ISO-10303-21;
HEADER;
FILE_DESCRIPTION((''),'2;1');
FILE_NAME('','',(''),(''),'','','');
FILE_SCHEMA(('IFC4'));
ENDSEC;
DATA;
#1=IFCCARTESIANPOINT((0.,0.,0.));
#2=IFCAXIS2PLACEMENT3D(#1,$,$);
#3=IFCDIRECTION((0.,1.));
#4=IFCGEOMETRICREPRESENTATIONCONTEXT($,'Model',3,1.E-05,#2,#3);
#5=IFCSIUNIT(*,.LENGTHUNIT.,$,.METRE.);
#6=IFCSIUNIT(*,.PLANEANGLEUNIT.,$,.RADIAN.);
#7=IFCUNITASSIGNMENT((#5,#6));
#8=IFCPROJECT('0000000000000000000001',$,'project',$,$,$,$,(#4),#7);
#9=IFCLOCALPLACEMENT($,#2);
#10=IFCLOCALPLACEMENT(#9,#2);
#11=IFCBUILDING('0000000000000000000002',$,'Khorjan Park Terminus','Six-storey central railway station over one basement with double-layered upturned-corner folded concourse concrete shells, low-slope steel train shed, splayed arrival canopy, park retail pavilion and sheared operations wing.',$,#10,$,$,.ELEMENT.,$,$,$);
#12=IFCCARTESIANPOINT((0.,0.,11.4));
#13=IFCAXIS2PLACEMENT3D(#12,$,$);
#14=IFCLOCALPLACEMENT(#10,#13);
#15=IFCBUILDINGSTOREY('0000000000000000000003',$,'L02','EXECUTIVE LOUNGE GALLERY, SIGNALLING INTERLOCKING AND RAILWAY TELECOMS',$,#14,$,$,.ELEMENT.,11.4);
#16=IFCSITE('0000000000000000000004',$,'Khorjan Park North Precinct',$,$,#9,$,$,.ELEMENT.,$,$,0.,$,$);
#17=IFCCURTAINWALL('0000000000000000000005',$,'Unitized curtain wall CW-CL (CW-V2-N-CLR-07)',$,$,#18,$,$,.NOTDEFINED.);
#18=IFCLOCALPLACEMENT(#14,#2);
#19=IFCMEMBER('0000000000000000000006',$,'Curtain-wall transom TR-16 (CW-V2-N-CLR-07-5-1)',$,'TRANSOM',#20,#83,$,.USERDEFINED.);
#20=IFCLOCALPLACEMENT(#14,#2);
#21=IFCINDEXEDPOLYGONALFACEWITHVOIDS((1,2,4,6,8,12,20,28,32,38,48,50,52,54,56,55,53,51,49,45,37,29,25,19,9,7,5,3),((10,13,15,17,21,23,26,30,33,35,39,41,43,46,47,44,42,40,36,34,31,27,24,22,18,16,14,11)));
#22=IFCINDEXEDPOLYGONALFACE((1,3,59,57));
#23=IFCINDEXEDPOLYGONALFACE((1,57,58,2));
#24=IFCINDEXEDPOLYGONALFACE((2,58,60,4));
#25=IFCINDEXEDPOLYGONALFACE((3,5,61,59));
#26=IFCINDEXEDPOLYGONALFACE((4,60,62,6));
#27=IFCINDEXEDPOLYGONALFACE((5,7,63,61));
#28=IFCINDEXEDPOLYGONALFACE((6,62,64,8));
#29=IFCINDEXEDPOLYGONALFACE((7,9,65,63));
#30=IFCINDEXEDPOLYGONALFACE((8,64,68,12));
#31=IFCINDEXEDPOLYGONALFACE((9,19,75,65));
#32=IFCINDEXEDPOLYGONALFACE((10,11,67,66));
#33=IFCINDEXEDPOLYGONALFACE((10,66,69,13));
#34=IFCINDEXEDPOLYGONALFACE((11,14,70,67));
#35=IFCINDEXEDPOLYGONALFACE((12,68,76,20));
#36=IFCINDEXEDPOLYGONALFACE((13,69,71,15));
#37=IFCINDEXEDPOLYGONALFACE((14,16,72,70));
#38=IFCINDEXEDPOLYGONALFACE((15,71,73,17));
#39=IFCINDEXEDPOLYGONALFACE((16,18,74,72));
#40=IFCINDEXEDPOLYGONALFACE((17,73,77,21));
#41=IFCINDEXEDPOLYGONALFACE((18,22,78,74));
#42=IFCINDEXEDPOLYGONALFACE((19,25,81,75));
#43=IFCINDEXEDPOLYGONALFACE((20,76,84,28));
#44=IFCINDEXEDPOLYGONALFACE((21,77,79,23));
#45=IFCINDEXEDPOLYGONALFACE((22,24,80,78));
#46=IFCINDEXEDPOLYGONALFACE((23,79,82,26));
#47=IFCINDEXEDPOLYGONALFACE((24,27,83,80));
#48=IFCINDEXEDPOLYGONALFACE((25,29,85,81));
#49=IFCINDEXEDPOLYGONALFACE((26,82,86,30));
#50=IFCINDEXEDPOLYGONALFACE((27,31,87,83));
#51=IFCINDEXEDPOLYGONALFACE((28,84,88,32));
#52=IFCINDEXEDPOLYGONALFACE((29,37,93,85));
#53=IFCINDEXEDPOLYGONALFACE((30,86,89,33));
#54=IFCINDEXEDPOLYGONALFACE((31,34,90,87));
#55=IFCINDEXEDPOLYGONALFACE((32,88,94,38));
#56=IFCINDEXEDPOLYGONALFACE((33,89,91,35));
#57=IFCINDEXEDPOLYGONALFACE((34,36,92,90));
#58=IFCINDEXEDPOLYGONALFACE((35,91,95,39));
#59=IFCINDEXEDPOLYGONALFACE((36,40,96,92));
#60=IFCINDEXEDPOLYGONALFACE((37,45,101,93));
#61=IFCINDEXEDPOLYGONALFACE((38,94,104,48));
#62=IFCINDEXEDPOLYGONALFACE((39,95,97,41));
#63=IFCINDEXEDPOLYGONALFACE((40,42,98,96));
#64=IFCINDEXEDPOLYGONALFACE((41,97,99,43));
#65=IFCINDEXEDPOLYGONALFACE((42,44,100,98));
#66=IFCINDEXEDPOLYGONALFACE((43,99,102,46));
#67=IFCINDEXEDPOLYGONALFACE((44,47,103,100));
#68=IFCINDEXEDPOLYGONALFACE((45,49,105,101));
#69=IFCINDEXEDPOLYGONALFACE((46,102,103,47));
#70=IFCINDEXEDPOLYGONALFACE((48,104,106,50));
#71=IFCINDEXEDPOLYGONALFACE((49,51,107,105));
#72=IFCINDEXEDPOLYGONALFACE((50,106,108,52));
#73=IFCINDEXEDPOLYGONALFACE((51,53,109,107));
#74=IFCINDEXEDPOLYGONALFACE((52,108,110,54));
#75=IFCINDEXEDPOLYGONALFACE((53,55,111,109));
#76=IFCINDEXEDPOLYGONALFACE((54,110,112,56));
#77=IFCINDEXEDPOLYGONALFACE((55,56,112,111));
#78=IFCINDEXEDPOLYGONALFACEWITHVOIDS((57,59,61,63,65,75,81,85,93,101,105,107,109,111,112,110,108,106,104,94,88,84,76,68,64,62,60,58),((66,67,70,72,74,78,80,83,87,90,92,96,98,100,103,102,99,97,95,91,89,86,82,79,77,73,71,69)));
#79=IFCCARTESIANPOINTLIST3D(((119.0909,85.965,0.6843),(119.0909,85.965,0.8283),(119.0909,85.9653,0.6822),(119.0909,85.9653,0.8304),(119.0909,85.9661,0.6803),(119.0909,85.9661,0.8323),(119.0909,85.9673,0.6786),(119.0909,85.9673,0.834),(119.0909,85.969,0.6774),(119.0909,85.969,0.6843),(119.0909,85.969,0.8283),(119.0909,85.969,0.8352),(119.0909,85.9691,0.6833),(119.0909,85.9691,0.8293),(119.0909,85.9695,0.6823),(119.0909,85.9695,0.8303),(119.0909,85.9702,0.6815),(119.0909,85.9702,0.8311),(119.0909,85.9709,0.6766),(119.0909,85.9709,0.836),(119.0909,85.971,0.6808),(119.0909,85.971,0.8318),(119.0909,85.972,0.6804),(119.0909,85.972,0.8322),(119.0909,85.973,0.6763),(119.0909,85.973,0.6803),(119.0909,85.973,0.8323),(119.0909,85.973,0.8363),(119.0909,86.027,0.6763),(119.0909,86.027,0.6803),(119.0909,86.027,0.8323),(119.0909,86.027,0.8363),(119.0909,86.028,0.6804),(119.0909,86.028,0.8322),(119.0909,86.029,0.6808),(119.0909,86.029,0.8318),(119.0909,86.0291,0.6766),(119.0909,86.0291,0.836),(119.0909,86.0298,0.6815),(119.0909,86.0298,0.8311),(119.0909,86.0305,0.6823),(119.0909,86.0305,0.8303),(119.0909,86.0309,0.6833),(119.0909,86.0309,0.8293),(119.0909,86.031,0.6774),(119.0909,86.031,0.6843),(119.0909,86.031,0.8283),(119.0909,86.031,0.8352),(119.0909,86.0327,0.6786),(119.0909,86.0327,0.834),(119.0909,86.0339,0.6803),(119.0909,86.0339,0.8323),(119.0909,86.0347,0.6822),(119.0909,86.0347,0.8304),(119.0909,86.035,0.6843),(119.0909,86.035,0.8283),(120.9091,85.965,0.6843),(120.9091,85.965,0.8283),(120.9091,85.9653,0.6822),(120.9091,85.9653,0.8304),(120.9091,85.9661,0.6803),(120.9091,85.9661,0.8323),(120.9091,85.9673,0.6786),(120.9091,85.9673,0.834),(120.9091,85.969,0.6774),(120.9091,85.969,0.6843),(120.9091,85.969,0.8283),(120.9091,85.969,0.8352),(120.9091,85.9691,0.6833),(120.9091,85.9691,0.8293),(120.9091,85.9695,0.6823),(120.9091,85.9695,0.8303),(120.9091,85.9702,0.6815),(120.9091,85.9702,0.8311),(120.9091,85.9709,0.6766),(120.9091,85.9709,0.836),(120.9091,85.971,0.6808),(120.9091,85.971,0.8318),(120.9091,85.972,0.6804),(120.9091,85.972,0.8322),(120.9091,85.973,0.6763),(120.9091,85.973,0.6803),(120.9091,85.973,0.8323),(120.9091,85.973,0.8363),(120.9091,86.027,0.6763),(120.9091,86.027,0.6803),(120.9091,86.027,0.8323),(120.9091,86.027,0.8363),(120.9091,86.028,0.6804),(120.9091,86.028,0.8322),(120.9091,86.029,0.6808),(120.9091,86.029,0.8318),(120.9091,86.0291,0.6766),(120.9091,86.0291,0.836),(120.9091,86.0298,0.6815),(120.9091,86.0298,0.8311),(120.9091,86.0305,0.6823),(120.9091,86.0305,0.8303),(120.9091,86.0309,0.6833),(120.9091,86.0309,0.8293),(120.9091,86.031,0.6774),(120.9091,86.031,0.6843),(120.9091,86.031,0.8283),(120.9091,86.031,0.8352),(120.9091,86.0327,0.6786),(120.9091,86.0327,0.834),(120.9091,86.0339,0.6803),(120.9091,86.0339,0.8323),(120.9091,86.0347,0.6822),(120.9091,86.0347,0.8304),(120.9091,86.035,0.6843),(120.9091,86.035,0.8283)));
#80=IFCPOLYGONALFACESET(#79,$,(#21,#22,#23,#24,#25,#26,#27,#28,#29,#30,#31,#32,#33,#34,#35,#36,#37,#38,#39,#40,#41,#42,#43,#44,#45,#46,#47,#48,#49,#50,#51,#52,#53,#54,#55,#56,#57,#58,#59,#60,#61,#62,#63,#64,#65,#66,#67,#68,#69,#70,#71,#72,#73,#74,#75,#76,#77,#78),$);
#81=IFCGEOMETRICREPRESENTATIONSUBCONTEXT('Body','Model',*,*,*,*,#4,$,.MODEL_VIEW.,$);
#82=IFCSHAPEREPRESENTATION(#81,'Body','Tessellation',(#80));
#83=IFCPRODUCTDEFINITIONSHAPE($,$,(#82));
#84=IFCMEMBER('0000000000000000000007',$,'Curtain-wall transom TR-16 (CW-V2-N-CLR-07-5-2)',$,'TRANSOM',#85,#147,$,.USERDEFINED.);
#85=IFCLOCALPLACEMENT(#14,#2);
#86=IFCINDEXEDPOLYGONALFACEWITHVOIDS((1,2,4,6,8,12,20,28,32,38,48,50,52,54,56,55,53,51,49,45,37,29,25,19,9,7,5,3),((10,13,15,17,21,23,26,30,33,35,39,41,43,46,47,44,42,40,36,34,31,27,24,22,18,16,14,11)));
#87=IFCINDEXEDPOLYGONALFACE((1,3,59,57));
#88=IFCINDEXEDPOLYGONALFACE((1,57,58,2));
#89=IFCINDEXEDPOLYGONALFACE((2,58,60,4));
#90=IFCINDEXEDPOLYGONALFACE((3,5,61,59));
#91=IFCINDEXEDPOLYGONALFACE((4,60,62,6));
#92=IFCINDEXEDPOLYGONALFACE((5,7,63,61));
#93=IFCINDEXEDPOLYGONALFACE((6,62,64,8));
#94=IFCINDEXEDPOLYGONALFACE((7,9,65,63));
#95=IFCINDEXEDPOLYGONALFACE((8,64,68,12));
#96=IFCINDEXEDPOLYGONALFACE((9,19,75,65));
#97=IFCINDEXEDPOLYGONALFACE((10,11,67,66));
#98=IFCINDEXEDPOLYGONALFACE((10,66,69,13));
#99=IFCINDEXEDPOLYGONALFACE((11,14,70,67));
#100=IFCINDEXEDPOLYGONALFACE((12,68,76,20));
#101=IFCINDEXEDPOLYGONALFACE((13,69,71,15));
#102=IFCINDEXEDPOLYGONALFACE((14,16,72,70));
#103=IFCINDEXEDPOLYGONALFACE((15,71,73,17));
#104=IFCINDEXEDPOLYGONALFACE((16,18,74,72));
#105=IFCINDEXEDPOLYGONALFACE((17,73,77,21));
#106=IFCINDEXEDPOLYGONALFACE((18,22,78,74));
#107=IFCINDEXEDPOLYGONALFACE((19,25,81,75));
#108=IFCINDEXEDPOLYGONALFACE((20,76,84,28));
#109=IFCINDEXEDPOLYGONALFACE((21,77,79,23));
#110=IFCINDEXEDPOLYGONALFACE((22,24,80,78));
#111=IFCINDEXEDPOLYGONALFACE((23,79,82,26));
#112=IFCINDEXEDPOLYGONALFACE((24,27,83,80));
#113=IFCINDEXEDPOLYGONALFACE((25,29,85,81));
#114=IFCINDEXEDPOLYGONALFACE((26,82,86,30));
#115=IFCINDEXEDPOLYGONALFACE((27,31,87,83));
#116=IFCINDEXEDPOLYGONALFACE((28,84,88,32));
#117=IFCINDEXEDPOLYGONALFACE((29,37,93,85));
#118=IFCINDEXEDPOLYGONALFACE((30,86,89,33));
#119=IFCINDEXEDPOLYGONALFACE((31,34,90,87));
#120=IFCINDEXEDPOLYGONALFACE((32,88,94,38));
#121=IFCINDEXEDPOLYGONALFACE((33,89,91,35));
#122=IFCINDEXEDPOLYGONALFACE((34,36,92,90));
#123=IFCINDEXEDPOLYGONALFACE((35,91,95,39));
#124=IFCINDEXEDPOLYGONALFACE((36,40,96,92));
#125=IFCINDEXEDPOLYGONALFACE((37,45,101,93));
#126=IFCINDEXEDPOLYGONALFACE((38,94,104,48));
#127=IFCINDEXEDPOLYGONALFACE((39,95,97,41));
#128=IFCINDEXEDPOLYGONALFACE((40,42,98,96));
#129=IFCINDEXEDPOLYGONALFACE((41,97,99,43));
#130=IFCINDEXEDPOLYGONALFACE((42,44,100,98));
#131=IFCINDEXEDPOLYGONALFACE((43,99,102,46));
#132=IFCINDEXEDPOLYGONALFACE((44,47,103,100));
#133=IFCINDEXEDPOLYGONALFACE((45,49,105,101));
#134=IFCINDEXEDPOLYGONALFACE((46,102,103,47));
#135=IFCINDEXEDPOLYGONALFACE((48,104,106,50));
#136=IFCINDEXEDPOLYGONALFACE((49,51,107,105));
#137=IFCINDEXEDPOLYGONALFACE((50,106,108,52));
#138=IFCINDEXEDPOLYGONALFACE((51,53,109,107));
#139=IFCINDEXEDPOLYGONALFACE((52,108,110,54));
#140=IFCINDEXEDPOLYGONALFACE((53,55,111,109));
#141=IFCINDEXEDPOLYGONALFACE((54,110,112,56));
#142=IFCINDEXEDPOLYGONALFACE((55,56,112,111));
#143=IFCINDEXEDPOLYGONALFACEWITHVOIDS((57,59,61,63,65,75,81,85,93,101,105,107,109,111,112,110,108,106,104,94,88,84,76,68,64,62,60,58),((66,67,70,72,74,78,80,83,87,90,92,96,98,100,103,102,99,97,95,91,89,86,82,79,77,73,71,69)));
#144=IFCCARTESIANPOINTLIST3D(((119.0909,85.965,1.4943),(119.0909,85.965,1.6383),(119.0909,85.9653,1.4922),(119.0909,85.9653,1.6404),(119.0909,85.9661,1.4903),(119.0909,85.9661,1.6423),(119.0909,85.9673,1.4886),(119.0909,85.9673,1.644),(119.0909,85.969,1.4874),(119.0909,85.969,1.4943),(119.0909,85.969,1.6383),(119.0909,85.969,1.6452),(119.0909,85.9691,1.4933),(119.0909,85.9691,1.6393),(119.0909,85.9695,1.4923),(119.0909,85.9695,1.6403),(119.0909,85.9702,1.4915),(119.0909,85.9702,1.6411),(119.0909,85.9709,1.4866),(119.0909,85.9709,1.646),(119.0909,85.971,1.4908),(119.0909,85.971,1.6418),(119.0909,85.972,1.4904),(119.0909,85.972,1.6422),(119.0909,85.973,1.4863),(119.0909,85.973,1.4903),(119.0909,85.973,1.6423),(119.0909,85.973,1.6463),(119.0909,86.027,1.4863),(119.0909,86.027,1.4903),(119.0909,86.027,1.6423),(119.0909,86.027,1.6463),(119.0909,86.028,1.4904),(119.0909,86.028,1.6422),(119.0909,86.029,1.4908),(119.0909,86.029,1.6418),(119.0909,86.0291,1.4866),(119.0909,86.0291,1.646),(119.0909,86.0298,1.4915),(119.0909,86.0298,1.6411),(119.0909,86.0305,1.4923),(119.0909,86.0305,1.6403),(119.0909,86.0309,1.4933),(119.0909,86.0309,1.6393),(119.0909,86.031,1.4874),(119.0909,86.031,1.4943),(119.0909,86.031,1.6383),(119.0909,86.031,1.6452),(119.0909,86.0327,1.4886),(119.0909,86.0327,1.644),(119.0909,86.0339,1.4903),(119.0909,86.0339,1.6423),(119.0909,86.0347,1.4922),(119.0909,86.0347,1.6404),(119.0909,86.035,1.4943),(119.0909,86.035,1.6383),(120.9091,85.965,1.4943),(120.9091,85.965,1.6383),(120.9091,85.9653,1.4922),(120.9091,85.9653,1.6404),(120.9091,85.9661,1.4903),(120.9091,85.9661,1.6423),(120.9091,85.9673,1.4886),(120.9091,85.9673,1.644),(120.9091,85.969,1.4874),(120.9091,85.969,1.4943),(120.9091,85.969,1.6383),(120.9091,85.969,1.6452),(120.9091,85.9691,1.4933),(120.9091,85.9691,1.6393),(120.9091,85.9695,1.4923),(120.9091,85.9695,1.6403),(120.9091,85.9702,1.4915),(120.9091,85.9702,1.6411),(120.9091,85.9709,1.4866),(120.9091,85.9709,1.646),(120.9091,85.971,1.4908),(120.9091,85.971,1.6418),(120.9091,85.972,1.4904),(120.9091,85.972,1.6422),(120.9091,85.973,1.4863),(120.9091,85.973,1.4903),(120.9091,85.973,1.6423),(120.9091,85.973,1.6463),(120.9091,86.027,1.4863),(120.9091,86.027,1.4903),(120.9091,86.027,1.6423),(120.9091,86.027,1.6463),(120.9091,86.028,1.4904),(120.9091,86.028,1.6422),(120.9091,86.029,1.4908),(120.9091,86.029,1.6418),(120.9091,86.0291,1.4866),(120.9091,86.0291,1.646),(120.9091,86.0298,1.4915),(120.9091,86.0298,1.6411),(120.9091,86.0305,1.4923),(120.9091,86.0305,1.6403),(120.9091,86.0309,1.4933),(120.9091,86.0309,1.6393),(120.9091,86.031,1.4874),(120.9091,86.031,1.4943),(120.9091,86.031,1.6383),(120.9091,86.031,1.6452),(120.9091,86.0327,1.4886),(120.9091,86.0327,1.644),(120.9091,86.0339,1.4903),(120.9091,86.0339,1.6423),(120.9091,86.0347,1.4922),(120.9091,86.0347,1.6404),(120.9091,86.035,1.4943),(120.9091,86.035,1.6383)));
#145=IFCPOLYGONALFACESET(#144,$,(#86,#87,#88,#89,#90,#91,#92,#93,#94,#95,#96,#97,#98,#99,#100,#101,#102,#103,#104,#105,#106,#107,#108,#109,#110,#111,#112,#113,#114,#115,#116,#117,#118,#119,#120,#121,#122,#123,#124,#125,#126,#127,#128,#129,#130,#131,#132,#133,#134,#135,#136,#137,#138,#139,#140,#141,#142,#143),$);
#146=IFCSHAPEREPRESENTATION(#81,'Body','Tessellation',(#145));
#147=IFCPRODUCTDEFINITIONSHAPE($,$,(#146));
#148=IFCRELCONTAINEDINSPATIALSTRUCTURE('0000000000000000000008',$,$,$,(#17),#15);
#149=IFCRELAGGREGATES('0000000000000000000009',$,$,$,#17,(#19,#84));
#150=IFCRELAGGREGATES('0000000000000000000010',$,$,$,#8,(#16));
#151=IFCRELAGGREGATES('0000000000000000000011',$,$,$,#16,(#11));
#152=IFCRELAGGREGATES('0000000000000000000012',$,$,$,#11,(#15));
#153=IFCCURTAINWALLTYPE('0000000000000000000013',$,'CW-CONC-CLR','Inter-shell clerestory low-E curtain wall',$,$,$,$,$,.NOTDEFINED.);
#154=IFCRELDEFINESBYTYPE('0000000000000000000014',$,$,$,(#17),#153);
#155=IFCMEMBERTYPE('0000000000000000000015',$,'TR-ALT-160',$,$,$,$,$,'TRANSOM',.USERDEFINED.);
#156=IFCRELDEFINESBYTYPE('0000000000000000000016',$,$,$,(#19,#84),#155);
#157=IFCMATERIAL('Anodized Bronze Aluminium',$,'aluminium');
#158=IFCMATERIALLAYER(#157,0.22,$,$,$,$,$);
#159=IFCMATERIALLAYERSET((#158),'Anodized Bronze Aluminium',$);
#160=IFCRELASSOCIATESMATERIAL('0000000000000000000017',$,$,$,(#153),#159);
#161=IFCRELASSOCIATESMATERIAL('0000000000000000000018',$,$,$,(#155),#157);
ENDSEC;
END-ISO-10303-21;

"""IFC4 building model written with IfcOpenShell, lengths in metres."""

from ifc_helpers import new_model, si_unit, direction, frame, origin, origin_2d, place, context, subcontext, project, spatial, hollow_rectangle, extrude, material, layer, layer_set, material_profile, profile_set, type_object, element, aggregate, save


model = new_model("IFC4")

# Units and contexts
model_context = context("Model", 3, precision=1e-05, world=origin(), true_north=direction((0.0, 1.0)))
body_context = subcontext(model_context, "Body", "Model", "MODEL_VIEW")
ifc_project = project(units=[si_unit("LENGTHUNIT", "METRE"), si_unit("PLANEANGLEUNIT", "RADIAN")], contexts=[model_context])

# Site, building, storey
site_placement = place(None, origin())
site = spatial("IfcSite", under=ifc_project, at=site_placement, Name="Khorjan Park North Precinct", CompositionType="ELEMENT", RefElevation=0.0)
building_placement = place(site_placement, origin())
building = spatial("IfcBuilding", under=site, at=building_placement, Name="Khorjan Park Terminus", Description="Six-storey central railway station over one basement with double-layered upturned-corner folded concourse concrete shells, low-slope steel train shed, splayed arrival canopy, park retail pavilion and sheared operations wing.", CompositionType="ELEMENT")
storey_placement = place(building_placement, frame((0.0, 0.0, 11.4)))
storey = spatial("IfcBuildingStorey", under=building, at=storey_placement, Name="L02", Description="EXECUTIVE LOUNGE GALLERY, SIGNALLING INTERLOCKING AND RAILWAY TELECOMS", CompositionType="ELEMENT", Elevation=11.4)

# Curtain wall
ifc_material_1 = material(Name="Anodized Bronze Aluminium", Category="aluminium")
ifc_layer_1 = layer(ifc_material_1, 0.22)
ifc_layer_set_1 = layer_set([ifc_layer_1], Name="Anodized Bronze Aluminium")
curtain_wall_type = type_object("IfcCurtainWallType", Name="CW-CONC-CLR", Description="Inter-shell clerestory low-E curtain wall", PredefinedType="NOTDEFINED", material=ifc_layer_set_1)
curtain_wall_placement = place(storey_placement, origin())
curtain_wall = element("IfcCurtainWall", 1, at=curtain_wall_placement, inside=storey, type_object=curtain_wall_type, Name="Unitized curtain wall CW-CL (CW-V2-N-CLR-07)", PredefinedType="NOTDEFINED")

# Members
ifc_material_profile_1 = material_profile(ifc_material_1, hollow_rectangle(XDim=0.07, YDim=0.16, WallThickness=0.004, InnerFilletRadius=0.004, OuterFilletRadius=0.008, at=origin_2d()), Name="ALT 70x160x4")
ifc_profile_set_1 = profile_set([ifc_material_profile_1], Name="Anodized Bronze Aluminium")
member_type_1 = type_object("IfcMemberType", Name="TR-ALT-160", ElementType="TRANSOM", PredefinedType="USERDEFINED", material=ifc_profile_set_1)
member_1_placement = place(storey_placement, frame((120.9091, 86.0, 0.7563), z_axis=(-1.0, 0.0, 0.0), x_axis=(0.0, -1.0, 0.0)))
member_1 = element("IfcMember", 2, at=member_1_placement, type_object=member_type_1, Name="Curtain-wall transom TR-16 (CW-V2-N-CLR-07-5-1)", ObjectType="TRANSOM", PredefinedType="USERDEFINED", context=body_context, shape_type="SweptSolid", body=[
    extrude(hollow_rectangle(XDim=0.07, YDim=0.16, WallThickness=0.004, InnerFilletRadius=0.004, OuterFilletRadius=0.008, at=origin_2d()), origin(), (0.0, 0.0, 1.0), 1.8182),
])
member_2_placement = place(storey_placement, frame((120.9091, 86.0, 1.5663), z_axis=(-1.0, 0.0, 0.0), x_axis=(0.0, -1.0, 0.0)))
member_2 = element("IfcMember", 3, at=member_2_placement, type_object=member_type_1, Name="Curtain-wall transom TR-16 (CW-V2-N-CLR-07-5-2)", ObjectType="TRANSOM", PredefinedType="USERDEFINED", context=body_context, shape_type="SweptSolid", body=[
    extrude(hollow_rectangle(XDim=0.07, YDim=0.16, WallThickness=0.004, InnerFilletRadius=0.004, OuterFilletRadius=0.008, at=origin_2d()), origin(), (0.0, 0.0, 1.0), 1.8182),
])

aggregate(curtain_wall, [member_1, member_2])

save(model, "model.ifc")
